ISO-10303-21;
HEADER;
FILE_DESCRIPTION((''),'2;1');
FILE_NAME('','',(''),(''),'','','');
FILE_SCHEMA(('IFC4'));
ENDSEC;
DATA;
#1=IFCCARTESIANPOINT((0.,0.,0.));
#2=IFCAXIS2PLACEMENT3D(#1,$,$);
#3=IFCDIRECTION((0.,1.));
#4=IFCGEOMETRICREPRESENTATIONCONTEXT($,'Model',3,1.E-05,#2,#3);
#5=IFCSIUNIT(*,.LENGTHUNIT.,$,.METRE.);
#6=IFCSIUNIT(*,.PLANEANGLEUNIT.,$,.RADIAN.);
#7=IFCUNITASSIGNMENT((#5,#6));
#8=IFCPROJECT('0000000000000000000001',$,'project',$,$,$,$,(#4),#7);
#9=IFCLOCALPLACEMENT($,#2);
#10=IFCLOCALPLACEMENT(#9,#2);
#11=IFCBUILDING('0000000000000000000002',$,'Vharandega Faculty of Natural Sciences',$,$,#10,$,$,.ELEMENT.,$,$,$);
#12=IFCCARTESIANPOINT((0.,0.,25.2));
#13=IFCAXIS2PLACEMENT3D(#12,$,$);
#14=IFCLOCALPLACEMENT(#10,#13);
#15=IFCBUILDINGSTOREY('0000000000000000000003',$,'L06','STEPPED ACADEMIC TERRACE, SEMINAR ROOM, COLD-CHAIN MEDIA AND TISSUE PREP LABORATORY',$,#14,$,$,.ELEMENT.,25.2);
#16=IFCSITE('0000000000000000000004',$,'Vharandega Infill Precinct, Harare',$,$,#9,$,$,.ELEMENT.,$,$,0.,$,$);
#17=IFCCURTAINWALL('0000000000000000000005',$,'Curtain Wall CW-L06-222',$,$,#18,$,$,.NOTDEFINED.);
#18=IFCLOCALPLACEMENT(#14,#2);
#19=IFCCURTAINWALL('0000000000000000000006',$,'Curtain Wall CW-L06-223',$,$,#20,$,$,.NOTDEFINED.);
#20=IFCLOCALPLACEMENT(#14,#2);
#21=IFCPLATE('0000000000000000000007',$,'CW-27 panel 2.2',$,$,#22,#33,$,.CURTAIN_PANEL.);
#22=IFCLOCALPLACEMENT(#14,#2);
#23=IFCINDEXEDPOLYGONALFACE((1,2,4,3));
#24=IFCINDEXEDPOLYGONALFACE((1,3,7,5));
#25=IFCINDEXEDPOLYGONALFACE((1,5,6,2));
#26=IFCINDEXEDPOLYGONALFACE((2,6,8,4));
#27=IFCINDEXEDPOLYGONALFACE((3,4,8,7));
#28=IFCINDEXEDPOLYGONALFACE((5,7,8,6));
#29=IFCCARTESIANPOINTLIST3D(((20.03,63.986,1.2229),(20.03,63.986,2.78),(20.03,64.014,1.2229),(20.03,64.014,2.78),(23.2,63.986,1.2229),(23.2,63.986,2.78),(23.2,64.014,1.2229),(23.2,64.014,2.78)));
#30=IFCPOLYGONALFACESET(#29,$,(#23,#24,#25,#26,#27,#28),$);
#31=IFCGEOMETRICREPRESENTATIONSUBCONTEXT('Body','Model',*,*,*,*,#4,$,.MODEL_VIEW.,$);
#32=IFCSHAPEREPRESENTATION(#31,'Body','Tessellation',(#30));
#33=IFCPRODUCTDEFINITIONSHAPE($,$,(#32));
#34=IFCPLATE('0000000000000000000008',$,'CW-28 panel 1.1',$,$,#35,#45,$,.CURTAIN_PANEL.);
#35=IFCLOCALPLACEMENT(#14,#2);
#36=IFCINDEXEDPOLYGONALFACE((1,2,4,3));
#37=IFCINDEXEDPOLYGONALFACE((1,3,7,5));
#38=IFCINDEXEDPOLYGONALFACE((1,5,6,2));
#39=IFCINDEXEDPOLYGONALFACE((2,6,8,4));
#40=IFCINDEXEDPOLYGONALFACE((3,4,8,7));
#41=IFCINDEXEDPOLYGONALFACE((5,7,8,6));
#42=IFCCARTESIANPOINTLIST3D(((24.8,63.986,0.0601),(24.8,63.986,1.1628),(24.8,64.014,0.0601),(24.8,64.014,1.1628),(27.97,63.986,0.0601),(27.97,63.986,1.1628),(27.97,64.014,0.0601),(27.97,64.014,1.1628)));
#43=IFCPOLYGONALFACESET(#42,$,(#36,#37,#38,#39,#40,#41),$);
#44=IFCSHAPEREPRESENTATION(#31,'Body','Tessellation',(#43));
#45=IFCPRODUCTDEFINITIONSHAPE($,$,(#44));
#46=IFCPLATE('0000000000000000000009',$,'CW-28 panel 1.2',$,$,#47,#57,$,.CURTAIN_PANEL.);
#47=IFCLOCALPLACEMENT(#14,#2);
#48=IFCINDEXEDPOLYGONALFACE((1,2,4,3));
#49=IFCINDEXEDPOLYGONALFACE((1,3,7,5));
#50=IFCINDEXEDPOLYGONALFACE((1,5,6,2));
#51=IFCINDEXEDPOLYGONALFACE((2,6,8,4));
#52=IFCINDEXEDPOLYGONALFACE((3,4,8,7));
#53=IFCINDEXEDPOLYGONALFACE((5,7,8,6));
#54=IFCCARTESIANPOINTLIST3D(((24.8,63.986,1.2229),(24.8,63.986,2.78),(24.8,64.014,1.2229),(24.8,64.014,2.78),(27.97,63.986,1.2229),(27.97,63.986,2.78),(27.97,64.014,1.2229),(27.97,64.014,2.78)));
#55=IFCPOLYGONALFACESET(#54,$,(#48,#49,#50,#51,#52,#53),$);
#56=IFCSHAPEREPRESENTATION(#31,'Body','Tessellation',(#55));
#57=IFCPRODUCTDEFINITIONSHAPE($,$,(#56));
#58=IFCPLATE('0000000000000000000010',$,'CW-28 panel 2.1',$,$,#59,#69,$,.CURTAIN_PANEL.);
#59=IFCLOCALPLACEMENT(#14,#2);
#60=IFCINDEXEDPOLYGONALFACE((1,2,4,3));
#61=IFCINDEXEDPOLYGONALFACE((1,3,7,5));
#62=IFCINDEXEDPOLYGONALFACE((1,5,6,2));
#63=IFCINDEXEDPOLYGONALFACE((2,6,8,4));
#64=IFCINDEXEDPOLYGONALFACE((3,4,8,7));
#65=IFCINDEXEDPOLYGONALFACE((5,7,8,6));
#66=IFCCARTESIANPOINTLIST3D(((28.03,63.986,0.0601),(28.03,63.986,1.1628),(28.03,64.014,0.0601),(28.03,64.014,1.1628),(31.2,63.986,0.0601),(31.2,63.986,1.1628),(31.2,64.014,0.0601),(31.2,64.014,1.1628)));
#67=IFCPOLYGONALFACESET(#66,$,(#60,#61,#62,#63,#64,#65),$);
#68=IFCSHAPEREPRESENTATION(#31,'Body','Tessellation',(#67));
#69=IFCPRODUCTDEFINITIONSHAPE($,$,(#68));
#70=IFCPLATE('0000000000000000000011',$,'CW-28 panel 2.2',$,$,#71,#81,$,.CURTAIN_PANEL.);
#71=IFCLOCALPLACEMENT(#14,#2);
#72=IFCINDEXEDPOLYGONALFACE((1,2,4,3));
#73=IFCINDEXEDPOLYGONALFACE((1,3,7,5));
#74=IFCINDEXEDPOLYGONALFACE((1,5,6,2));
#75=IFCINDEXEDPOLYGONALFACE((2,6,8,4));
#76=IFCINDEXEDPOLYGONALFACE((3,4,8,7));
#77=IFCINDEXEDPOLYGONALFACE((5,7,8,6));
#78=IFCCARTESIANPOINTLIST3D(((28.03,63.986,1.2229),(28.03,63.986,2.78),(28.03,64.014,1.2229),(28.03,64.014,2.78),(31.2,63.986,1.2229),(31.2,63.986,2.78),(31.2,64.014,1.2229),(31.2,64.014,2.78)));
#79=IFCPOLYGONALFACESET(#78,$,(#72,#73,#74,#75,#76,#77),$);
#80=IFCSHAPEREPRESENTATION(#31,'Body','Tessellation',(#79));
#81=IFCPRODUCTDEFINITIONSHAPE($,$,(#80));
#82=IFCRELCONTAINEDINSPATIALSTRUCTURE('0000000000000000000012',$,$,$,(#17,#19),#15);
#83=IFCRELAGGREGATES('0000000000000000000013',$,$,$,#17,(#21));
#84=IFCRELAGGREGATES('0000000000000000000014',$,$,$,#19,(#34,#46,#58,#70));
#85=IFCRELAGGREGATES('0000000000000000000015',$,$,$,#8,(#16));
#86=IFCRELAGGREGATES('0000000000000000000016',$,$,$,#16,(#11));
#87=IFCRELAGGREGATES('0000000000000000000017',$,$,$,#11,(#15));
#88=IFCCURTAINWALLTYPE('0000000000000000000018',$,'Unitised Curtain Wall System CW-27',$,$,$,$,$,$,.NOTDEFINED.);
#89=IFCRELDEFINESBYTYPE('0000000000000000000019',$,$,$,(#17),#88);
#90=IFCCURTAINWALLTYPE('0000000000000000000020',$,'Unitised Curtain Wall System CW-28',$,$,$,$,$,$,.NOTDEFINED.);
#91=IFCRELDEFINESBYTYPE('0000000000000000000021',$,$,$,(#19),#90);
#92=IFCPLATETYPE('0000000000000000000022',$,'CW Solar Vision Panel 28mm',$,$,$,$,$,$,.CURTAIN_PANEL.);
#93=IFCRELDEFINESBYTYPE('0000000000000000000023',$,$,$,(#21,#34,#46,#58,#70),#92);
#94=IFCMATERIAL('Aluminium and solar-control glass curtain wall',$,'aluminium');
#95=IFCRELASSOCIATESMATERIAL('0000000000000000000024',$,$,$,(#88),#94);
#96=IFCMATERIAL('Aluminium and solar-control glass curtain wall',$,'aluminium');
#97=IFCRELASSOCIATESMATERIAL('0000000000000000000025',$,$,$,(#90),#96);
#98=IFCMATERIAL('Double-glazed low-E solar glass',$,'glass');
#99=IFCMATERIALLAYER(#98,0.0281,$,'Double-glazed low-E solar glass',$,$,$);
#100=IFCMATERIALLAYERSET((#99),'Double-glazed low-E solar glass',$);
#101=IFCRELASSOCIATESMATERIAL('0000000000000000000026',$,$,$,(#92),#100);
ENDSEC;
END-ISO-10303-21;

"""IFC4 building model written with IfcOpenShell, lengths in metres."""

from ifc_helpers import new_model, si_unit, direction, frame, origin, origin_2d, place, context, subcontext, project, spatial, rectangle, extrude, material, layer, layer_set, type_object, element, aggregate, save


model = new_model("IFC4")

# Units and contexts
model_context = context("Model", 3, precision=1e-05, world=origin(), true_north=direction((0.0, 1.0)))
body_context = subcontext(model_context, "Body", "Model", "MODEL_VIEW")
ifc_project = project(units=[si_unit("LENGTHUNIT", "METRE"), si_unit("PLANEANGLEUNIT", "RADIAN")], contexts=[model_context])

# Site, building, storey
site_placement = place(None, origin())
site = spatial("IfcSite", under=ifc_project, at=site_placement, Name="Vharandega Infill Precinct, Harare", CompositionType="ELEMENT", RefElevation=0.0)
building_placement = place(site_placement, origin())
building = spatial("IfcBuilding", under=site, at=building_placement, Name="Vharandega Faculty of Natural Sciences", CompositionType="ELEMENT")
storey_placement = place(building_placement, frame((0.0, 0.0, 25.2)))
storey = spatial("IfcBuildingStorey", under=building, at=storey_placement, Name="L06", Description="STEPPED ACADEMIC TERRACE, SEMINAR ROOM, COLD-CHAIN MEDIA AND TISSUE PREP LABORATORY", CompositionType="ELEMENT", Elevation=25.2)

# Curtain wall
ifc_material_1 = material(Name="Aluminium and solar-control glass curtain wall", Category="aluminium")
curtain_wall_type_1 = type_object("IfcCurtainWallType", Name="Unitised Curtain Wall System CW-27", PredefinedType="NOTDEFINED", material=ifc_material_1)
curtain_wall_1_placement = place(storey_placement, origin())
curtain_wall_1 = element("IfcCurtainWall", 1, at=curtain_wall_1_placement, inside=storey, type_object=curtain_wall_type_1, Name="Curtain Wall CW-L06-222", PredefinedType="NOTDEFINED")

# Curtain wall
ifc_material_2 = material(Name="Aluminium and solar-control glass curtain wall", Category="aluminium")
curtain_wall_type_2 = type_object("IfcCurtainWallType", Name="Unitised Curtain Wall System CW-28", PredefinedType="NOTDEFINED", material=ifc_material_2)
curtain_wall_2_placement = place(storey_placement, origin())
curtain_wall_2 = element("IfcCurtainWall", 2, at=curtain_wall_2_placement, inside=storey, type_object=curtain_wall_type_2, Name="Curtain Wall CW-L06-223", PredefinedType="NOTDEFINED")

# Plates
ifc_material_3 = material(Name="Double-glazed low-E solar glass", Category="glass")
ifc_layer = layer(ifc_material_3, 0.0281, Name="Double-glazed low-E solar glass")
ifc_layer_set = layer_set([ifc_layer], Name="Double-glazed low-E solar glass")
plate_type = type_object("IfcPlateType", Name="CW Solar Vision Panel 28mm", PredefinedType="CURTAIN_PANEL", material=ifc_layer_set)
plate_1_placement = place(storey_placement, frame((21.615, 64.0, 1.2229), z_axis=(0.0, 0.0, 1.0), x_axis=(1.0, 0.0, 0.0)))
plate_1 = element("IfcPlate", 3, at=plate_1_placement, type_object=plate_type, Name="CW-27 panel 2.2", PredefinedType="CURTAIN_PANEL", context=body_context, shape_type="SweptSolid", body=[
    extrude(rectangle(XDim=3.1699, YDim=0.0281, at=origin_2d()), origin(), (0.0, 0.0, 1.0), 1.5571),
])
aggregate(curtain_wall_1, [plate_1])
plate_2_placement = place(storey_placement, frame((26.385, 64.0, 0.0601), z_axis=(0.0, 0.0, 1.0), x_axis=(1.0, 0.0, 0.0)))
plate_2 = element("IfcPlate", 4, at=plate_2_placement, type_object=plate_type, Name="CW-28 panel 1.1", PredefinedType="CURTAIN_PANEL", context=body_context, shape_type="SweptSolid", body=[
    extrude(rectangle(XDim=3.1699, YDim=0.0281, at=origin_2d()), origin(), (0.0, 0.0, 1.0), 1.1028),
])
plate_3_placement = place(storey_placement, frame((26.385, 64.0, 1.2229), z_axis=(0.0, 0.0, 1.0), x_axis=(1.0, 0.0, 0.0)))
plate_3 = element("IfcPlate", 5, at=plate_3_placement, type_object=plate_type, Name="CW-28 panel 1.2", PredefinedType="CURTAIN_PANEL", context=body_context, shape_type="SweptSolid", body=[
    extrude(rectangle(XDim=3.1699, YDim=0.0281, at=origin_2d()), origin(), (0.0, 0.0, 1.0), 1.5571),
])
plate_4_placement = place(storey_placement, frame((29.615, 64.0, 0.0601), z_axis=(0.0, 0.0, 1.0), x_axis=(1.0, 0.0, 0.0)))
plate_4 = element("IfcPlate", 6, at=plate_4_placement, type_object=plate_type, Name="CW-28 panel 2.1", PredefinedType="CURTAIN_PANEL", context=body_context, shape_type="SweptSolid", body=[
    extrude(rectangle(XDim=3.1699, YDim=0.0281, at=origin_2d()), origin(), (0.0, 0.0, 1.0), 1.1028),
])
plate_5_placement = place(storey_placement, frame((29.615, 64.0, 1.2229), z_axis=(0.0, 0.0, 1.0), x_axis=(1.0, 0.0, 0.0)))
plate_5 = element("IfcPlate", 7, at=plate_5_placement, type_object=plate_type, Name="CW-28 panel 2.2", PredefinedType="CURTAIN_PANEL", context=body_context, shape_type="SweptSolid", body=[
    extrude(rectangle(XDim=3.1699, YDim=0.0281, at=origin_2d()), origin(), (0.0, 0.0, 1.0), 1.5571),
])
aggregate(curtain_wall_2, [plate_2, plate_3, plate_4, plate_5])

save(model, "model.ifc")
